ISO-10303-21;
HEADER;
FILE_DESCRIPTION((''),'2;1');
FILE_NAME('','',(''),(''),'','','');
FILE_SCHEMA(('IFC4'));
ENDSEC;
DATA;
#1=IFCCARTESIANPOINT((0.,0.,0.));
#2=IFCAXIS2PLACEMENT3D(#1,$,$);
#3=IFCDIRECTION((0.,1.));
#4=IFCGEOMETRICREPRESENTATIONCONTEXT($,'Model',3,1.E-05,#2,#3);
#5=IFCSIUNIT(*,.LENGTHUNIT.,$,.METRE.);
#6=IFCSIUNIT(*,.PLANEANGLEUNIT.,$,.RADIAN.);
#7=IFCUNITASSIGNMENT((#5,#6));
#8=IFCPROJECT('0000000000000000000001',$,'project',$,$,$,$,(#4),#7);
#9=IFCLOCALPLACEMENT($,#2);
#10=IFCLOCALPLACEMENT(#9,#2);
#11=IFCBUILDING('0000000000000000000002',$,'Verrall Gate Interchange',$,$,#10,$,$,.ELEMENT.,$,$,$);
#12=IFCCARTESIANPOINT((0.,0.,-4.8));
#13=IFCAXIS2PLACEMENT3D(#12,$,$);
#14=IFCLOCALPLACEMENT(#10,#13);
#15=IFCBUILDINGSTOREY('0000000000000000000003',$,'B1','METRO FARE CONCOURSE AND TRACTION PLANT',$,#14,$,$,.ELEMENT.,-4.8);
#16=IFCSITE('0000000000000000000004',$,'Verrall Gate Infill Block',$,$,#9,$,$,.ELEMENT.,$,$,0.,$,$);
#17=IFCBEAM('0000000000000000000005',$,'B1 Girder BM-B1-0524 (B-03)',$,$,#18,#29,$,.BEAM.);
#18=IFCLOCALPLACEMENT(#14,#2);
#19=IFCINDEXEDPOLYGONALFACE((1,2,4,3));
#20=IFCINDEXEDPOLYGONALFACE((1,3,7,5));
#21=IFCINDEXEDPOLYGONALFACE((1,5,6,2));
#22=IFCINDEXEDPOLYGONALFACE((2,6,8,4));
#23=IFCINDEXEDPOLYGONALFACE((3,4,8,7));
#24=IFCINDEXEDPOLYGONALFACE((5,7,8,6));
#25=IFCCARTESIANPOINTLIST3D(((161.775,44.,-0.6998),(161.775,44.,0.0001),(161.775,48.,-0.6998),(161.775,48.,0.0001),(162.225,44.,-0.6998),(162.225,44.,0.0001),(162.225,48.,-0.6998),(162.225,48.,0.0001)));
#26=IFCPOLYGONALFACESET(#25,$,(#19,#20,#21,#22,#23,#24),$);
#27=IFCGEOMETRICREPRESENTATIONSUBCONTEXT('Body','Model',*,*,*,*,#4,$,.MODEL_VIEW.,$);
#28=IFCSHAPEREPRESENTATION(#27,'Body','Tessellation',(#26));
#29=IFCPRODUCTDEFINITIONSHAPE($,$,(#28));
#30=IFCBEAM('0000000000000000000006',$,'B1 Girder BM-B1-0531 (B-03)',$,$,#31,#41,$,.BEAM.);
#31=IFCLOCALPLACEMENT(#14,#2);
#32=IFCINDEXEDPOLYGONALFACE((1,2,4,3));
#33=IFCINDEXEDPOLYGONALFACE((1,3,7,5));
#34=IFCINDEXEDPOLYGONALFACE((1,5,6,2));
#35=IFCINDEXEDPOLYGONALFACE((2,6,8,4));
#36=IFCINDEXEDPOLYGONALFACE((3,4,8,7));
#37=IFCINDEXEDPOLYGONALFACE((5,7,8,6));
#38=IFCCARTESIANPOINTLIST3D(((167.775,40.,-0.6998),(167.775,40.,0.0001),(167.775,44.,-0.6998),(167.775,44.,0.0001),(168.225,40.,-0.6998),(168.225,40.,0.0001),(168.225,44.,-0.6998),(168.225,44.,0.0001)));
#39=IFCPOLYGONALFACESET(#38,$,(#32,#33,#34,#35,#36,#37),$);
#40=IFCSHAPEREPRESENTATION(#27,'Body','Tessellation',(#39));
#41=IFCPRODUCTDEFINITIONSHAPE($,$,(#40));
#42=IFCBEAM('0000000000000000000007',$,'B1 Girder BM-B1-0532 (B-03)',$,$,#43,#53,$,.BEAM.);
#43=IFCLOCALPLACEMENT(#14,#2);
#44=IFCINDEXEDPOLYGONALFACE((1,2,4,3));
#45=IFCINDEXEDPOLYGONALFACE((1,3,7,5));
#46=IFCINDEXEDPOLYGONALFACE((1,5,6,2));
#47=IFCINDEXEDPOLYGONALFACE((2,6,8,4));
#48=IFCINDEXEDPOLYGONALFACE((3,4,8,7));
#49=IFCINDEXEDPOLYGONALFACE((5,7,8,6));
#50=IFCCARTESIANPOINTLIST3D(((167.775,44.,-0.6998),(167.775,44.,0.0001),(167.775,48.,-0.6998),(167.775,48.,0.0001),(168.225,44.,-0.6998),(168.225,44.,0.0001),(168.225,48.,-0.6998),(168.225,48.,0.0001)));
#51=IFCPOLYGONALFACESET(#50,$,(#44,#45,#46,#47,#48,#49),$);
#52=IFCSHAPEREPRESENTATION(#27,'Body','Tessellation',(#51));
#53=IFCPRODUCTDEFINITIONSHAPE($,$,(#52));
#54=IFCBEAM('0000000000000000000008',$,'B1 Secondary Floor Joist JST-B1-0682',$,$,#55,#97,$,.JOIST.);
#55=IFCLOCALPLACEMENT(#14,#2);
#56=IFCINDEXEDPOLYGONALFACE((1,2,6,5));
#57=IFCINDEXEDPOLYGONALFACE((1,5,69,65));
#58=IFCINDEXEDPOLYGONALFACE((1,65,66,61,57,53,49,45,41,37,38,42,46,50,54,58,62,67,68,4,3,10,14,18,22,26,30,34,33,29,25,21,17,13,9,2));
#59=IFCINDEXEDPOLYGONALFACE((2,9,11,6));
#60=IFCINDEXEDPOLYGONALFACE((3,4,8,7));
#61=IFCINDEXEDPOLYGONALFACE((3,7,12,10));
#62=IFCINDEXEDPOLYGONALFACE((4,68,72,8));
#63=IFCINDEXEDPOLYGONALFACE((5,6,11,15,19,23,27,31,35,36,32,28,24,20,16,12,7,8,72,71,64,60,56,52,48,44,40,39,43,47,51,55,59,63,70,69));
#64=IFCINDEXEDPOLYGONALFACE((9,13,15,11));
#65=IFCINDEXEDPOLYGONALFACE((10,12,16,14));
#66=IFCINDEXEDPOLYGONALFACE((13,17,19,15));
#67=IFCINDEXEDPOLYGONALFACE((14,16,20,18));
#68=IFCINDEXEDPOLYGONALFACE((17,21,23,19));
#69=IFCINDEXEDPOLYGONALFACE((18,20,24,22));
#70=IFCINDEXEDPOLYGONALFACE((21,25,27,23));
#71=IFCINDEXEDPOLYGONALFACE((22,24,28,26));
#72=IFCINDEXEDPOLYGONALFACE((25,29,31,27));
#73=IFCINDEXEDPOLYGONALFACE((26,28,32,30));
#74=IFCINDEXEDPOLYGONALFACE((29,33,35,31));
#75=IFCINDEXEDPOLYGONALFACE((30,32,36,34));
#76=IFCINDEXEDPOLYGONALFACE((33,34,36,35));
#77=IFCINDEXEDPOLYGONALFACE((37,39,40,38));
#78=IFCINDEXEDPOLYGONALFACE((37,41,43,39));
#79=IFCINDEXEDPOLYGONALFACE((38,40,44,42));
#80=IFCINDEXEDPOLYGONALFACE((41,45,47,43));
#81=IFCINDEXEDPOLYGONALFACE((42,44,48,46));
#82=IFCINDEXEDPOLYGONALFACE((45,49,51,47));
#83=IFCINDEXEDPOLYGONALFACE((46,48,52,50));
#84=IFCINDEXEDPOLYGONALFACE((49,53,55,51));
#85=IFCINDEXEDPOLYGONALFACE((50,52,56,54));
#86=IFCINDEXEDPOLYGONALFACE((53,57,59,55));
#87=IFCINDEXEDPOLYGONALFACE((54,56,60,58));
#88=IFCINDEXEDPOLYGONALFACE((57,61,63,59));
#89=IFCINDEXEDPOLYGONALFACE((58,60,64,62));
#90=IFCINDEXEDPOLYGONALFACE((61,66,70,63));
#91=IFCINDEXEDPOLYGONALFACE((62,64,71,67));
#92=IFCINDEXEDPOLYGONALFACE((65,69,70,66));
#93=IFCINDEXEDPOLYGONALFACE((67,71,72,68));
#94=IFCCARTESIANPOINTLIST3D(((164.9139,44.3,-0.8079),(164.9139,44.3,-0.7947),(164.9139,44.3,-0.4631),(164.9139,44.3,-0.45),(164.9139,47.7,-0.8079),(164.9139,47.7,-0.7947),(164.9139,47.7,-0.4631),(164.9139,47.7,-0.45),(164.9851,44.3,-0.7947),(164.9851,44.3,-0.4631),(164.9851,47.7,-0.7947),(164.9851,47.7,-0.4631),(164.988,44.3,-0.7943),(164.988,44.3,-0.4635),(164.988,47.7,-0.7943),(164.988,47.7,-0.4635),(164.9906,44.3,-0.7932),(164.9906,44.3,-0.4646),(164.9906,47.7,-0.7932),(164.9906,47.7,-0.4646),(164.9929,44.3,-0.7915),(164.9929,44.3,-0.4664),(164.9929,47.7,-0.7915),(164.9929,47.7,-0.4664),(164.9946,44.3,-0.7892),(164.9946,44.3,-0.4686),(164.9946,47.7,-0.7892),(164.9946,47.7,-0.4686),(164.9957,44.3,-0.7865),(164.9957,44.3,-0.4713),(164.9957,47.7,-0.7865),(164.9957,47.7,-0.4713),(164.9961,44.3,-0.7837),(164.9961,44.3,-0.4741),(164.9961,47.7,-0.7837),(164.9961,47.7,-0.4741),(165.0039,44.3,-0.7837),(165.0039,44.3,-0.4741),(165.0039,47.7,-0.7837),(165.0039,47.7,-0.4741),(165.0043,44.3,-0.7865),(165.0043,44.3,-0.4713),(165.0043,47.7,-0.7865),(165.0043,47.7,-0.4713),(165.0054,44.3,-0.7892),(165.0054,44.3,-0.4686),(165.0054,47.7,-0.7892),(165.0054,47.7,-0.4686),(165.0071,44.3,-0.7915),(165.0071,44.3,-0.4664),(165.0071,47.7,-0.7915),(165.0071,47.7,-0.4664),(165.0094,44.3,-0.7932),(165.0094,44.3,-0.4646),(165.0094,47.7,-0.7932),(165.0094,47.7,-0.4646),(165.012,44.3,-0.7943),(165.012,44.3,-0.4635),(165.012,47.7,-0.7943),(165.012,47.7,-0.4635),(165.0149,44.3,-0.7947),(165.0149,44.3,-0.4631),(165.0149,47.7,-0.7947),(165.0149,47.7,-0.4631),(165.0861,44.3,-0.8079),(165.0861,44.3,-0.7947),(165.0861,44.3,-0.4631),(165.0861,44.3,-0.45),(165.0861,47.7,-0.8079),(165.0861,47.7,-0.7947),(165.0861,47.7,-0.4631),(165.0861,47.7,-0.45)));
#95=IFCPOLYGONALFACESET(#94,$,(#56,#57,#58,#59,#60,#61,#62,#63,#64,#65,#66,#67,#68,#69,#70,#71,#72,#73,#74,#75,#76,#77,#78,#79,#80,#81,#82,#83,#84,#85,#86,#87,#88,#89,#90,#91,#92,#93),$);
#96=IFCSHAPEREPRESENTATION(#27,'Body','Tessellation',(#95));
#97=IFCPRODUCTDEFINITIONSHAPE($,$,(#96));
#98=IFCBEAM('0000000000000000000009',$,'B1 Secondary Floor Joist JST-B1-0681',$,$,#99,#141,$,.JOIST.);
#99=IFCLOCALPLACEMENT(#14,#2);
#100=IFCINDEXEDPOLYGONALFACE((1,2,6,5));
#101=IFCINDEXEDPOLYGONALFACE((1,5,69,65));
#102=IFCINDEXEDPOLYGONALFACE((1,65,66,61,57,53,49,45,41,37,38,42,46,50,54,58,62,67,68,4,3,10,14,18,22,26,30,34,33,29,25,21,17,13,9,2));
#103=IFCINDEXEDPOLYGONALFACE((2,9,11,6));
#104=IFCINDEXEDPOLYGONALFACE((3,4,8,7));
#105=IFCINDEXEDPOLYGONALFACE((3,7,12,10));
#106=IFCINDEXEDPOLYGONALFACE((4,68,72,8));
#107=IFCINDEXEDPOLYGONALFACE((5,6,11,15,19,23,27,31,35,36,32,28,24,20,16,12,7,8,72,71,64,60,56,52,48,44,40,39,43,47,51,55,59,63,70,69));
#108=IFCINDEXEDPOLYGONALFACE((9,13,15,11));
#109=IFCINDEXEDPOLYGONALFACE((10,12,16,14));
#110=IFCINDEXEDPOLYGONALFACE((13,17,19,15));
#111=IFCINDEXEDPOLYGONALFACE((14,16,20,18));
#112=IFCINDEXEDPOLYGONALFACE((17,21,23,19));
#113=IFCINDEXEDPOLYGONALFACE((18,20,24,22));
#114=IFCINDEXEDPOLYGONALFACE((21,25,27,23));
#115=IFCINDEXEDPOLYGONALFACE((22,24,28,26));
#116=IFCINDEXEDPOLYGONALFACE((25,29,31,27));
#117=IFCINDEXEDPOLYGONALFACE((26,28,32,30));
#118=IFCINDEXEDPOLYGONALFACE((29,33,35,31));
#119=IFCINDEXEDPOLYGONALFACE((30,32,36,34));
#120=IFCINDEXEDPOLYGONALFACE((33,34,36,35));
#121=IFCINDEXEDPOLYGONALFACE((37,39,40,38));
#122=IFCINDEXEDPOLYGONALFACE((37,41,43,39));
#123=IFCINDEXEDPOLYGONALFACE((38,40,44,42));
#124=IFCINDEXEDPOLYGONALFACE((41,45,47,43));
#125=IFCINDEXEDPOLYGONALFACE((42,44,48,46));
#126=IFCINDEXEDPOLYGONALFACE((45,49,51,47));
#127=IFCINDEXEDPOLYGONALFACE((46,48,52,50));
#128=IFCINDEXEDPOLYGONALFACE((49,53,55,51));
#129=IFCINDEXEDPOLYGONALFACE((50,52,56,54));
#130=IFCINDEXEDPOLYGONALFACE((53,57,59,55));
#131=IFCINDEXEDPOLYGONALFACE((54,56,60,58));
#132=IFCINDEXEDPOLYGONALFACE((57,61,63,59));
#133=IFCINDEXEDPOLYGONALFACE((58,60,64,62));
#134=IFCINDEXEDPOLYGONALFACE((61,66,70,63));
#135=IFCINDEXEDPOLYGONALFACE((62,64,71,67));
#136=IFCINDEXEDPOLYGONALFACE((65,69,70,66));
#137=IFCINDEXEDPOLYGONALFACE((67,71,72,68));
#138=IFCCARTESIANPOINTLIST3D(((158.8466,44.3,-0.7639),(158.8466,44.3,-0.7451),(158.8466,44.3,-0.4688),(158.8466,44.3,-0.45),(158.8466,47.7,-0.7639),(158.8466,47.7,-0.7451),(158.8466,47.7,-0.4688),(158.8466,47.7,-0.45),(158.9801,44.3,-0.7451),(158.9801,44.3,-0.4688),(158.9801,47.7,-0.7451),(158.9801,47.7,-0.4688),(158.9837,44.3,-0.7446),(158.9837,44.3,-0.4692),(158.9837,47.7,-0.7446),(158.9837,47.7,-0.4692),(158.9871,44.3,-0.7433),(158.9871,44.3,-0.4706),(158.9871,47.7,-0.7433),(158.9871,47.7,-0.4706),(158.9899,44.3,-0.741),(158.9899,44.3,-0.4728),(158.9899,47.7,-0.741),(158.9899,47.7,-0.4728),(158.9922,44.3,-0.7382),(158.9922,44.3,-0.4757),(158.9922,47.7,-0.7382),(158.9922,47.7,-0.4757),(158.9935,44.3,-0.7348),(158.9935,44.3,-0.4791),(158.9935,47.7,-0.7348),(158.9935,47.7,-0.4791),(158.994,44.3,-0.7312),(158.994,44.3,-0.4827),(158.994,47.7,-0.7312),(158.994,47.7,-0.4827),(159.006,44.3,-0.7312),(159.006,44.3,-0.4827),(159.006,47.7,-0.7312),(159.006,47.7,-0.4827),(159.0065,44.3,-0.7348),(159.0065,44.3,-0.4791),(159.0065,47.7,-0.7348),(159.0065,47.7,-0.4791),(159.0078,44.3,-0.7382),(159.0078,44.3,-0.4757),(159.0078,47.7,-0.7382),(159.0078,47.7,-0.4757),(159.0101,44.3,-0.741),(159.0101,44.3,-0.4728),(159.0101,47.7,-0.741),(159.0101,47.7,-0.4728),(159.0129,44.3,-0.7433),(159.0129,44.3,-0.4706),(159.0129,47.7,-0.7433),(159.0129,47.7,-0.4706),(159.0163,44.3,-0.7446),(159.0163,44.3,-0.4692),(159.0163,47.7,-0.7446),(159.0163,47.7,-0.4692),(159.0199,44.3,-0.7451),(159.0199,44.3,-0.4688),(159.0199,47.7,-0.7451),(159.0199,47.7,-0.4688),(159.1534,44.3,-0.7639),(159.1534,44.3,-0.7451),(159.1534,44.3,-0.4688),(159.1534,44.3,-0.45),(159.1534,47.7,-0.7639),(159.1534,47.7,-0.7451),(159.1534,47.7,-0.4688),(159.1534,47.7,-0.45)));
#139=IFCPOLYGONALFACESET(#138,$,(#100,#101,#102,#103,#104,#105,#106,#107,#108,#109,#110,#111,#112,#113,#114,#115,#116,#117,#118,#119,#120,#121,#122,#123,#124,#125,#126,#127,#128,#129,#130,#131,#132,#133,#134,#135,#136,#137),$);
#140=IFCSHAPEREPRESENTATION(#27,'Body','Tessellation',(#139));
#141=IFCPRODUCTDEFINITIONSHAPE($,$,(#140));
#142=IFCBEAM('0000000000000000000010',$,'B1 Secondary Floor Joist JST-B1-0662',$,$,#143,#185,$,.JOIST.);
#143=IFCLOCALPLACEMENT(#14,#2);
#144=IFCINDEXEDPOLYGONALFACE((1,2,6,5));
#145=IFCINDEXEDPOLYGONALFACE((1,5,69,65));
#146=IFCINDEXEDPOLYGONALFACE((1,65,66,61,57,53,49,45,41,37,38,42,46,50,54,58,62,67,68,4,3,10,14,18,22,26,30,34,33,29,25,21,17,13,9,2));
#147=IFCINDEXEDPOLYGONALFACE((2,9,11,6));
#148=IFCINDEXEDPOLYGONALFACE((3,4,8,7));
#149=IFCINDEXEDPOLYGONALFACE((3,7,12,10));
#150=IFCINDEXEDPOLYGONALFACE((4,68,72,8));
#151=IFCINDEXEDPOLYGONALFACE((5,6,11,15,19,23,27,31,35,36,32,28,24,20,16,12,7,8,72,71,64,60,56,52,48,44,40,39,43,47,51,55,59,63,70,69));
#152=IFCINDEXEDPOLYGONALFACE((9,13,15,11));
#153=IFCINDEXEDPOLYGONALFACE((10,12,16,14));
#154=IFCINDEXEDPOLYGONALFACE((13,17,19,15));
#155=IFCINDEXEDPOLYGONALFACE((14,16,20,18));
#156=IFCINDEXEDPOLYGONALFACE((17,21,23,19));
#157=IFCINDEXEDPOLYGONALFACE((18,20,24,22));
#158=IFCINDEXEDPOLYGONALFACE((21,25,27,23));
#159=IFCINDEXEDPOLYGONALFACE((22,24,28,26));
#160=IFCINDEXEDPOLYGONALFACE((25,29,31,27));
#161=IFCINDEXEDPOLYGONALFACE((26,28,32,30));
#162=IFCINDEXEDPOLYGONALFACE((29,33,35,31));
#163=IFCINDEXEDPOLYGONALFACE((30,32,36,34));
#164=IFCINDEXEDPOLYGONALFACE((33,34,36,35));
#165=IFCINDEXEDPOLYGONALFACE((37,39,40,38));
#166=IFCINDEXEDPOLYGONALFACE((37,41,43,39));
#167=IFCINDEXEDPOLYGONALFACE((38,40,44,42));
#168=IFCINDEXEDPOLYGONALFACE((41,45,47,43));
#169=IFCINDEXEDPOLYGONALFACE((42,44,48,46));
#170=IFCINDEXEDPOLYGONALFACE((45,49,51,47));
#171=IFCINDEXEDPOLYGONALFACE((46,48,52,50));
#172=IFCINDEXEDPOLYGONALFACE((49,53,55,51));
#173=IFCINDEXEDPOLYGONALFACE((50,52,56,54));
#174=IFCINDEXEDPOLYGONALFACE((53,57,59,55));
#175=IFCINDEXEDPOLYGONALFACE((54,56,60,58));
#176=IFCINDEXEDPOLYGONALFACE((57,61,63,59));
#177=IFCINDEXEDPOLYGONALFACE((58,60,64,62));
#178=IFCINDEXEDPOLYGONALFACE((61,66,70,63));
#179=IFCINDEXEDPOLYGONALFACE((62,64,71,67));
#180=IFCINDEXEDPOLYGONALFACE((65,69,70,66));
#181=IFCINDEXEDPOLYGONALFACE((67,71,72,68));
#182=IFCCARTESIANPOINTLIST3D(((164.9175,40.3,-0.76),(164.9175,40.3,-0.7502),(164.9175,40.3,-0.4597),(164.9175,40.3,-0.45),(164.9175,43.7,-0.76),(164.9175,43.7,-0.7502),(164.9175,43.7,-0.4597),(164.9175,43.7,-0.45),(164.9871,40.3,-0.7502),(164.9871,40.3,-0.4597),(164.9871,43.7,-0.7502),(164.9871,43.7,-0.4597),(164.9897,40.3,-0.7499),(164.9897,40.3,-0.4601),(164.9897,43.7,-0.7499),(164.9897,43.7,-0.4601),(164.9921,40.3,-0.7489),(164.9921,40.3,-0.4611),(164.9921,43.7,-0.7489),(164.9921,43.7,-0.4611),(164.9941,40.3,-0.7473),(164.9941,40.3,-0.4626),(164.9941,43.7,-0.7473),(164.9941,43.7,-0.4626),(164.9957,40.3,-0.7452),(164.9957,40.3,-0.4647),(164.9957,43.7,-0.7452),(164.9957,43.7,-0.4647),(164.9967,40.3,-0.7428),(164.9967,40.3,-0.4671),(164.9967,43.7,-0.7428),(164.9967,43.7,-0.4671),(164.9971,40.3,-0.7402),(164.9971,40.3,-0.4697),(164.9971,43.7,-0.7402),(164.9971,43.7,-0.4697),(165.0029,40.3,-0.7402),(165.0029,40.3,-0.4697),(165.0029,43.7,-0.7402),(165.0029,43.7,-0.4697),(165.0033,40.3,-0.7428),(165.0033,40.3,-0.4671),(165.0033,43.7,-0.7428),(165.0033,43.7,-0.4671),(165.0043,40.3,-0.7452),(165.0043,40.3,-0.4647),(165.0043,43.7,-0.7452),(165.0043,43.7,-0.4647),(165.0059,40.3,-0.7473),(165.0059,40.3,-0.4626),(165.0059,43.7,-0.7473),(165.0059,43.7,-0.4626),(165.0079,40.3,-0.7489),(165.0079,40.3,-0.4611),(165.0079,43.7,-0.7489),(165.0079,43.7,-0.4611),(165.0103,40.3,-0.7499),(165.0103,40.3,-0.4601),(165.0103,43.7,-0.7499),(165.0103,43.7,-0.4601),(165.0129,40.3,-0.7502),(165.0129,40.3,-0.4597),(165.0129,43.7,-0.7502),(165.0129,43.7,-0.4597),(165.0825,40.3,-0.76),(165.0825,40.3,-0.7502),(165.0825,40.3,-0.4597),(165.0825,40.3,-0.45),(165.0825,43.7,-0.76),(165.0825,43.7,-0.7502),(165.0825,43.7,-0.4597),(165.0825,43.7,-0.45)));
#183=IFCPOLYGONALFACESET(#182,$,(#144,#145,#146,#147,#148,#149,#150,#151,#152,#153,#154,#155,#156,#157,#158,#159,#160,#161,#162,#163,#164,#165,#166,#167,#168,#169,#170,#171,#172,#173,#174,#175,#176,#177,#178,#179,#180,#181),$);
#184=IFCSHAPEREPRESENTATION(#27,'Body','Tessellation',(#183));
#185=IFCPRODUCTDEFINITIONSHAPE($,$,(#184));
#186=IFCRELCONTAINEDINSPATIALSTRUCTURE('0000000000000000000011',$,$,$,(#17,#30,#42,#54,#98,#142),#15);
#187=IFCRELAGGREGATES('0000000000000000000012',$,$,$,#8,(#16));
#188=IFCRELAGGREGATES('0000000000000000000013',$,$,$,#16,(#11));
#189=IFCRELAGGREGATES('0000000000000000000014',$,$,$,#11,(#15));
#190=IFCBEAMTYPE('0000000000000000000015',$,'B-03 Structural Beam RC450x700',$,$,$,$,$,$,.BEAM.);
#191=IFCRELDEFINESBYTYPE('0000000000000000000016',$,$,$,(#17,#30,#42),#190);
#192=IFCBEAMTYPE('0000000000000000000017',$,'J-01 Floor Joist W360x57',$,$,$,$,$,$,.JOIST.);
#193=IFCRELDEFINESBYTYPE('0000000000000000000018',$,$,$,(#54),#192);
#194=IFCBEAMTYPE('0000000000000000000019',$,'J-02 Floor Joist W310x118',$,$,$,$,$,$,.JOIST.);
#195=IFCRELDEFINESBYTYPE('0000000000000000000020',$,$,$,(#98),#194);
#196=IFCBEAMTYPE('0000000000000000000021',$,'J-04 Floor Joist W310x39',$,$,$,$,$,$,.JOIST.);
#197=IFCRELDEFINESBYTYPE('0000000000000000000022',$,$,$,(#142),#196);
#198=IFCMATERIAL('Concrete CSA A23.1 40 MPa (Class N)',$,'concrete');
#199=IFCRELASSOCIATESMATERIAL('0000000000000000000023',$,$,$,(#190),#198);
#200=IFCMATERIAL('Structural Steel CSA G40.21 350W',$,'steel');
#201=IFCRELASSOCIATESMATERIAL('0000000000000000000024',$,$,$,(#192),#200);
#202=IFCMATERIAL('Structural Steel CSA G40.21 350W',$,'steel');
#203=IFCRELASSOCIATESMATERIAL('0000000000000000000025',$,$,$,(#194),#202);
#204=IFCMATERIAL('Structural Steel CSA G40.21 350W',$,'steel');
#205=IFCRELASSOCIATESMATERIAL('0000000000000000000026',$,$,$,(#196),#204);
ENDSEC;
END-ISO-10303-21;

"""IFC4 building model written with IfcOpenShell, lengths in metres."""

from ifc_helpers import new_model, si_unit, direction, frame, origin, origin_2d, place, context, subcontext, project, spatial, rectangle, i_section, extrude, material, material_profile, profile_set, type_object, element, save


model = new_model("IFC4")

# Units and contexts
model_context = context("Model", 3, precision=1e-05, world=origin(), true_north=direction((0.0, 1.0)))
body_context = subcontext(model_context, "Body", "Model", "MODEL_VIEW")
ifc_project = project(units=[si_unit("LENGTHUNIT", "METRE"), si_unit("PLANEANGLEUNIT", "RADIAN")], contexts=[model_context])

# Site, building, storey
site_placement = place(None, origin())
site = spatial("IfcSite", under=ifc_project, at=site_placement, Name="Verrall Gate Infill Block", CompositionType="ELEMENT", RefElevation=0.0)
building_placement = place(site_placement, origin())
building = spatial("IfcBuilding", under=site, at=building_placement, Name="Verrall Gate Interchange", CompositionType="ELEMENT")
storey_placement = place(building_placement, frame((0.0, 0.0, -4.8)))
storey = spatial("IfcBuildingStorey", under=building, at=storey_placement, Name="B1", Description="METRO FARE CONCOURSE AND TRACTION PLANT", CompositionType="ELEMENT", Elevation=-4.8)

# Beams
ifc_material_1 = material(Name="Concrete CSA A23.1 40 MPa (Class N)", Category="concrete")
ifc_material_profile_1 = material_profile(ifc_material_1, rectangle(XDim=0.45, YDim=0.7, at=origin_2d()), Name="RC450x700")
ifc_profile_set_1 = profile_set([ifc_material_profile_1], Name="Concrete CSA A23.1 40 MPa (Class N)")
beam_type_1 = type_object("IfcBeamType", Name="B-03 Structural Beam RC450x700", PredefinedType="BEAM", material=ifc_profile_set_1)
for number, where, z_axis, x_axis, name in (
    (1, (162.0, 44.0, -0.3499), (0.0, 1.0, 0.0), (-1.0, 0.0, 0.0), "B1 Girder BM-B1-0524 (B-03)"),
    (2, (168.0, 40.0, -0.3499), (0.0, 1.0, 0.0), (-1.0, 0.0, 0.0), "B1 Girder BM-B1-0531 (B-03)"),
    (3, (168.0, 44.0, -0.3499), (0.0, 1.0, 0.0), (-1.0, 0.0, 0.0), "B1 Girder BM-B1-0532 (B-03)"),
):
    element("IfcBeam", number, at=place(storey_placement, frame(where, z_axis=z_axis, x_axis=x_axis)), inside=storey, type_object=beam_type_1, Name=name, PredefinedType="BEAM", context=body_context, shape_type="SweptSolid", body=[
        extrude(rectangle(XDim=0.45, YDim=0.7, at=origin_2d()), origin(), (0.0, 0.0, 1.0), 4.0),
    ])
ifc_material_2 = material(Name="Structural Steel CSA G40.21 350W", Category="steel")
ifc_material_profile_2 = material_profile(ifc_material_2, i_section(OverallWidth=0.1721, OverallDepth=0.3579, WebThickness=0.0078, FlangeThickness=0.0132, FilletRadius=0.011, at=origin_2d()), Name="W360x57")
ifc_profile_set_2 = profile_set([ifc_material_profile_2], Name="Structural Steel CSA G40.21 350W")
beam_type_2 = type_object("IfcBeamType", Name="J-01 Floor Joist W360x57", PredefinedType="JOIST", material=ifc_profile_set_2)
beam_1_placement = place(storey_placement, frame((165.0, 44.3, -0.6289), z_axis=(0.0, 1.0, 0.0), x_axis=(-1.0, 0.0, 0.0)))
element("IfcBeam", 4, at=beam_1_placement, inside=storey, type_object=beam_type_2, Name="B1 Secondary Floor Joist JST-B1-0682", PredefinedType="JOIST", context=body_context, shape_type="SweptSolid", body=[
    extrude(i_section(OverallWidth=0.1721, OverallDepth=0.3579, WebThickness=0.0078, FlangeThickness=0.0132, FilletRadius=0.011, at=origin_2d()), origin(), (0.0, 0.0, 1.0), 3.3999),
])
ifc_material_3 = material(Name="Structural Steel CSA G40.21 350W", Category="steel")
ifc_material_profile_3 = material_profile(ifc_material_3, i_section(OverallWidth=0.3069, OverallDepth=0.314, WebThickness=0.012, FlangeThickness=0.0188, FilletRadius=0.0139, at=origin_2d()), Name="W310x118")
ifc_profile_set_3 = profile_set([ifc_material_profile_3], Name="Structural Steel CSA G40.21 350W")
beam_type_3 = type_object("IfcBeamType", Name="J-02 Floor Joist W310x118", PredefinedType="JOIST", material=ifc_profile_set_3)
beam_2_placement = place(storey_placement, frame((159.0, 44.3, -0.6069), z_axis=(0.0, 1.0, 0.0), x_axis=(-1.0, 0.0, 0.0)))
element("IfcBeam", 5, at=beam_2_placement, inside=storey, type_object=beam_type_3, Name="B1 Secondary Floor Joist JST-B1-0681", PredefinedType="JOIST", context=body_context, shape_type="SweptSolid", body=[
    extrude(i_section(OverallWidth=0.3069, OverallDepth=0.314, WebThickness=0.012, FlangeThickness=0.0188, FilletRadius=0.0139, at=origin_2d()), origin(), (0.0, 0.0, 1.0), 3.3999),
])
ifc_material_4 = material(Name="Structural Steel CSA G40.21 350W", Category="steel")
ifc_material_profile_4 = material_profile(ifc_material_4, i_section(OverallWidth=0.165, OverallDepth=0.3101, WebThickness=0.0059, FlangeThickness=0.0098, FilletRadius=0.01, at=origin_2d()), Name="W310x39")
ifc_profile_set_4 = profile_set([ifc_material_profile_4], Name="Structural Steel CSA G40.21 350W")
beam_type_4 = type_object("IfcBeamType", Name="J-04 Floor Joist W310x39", PredefinedType="JOIST", material=ifc_profile_set_4)
beam_3_placement = place(storey_placement, frame((165.0, 40.3, -0.605), z_axis=(0.0, 1.0, 0.0), x_axis=(-1.0, 0.0, 0.0)))
element("IfcBeam", 6, at=beam_3_placement, inside=storey, type_object=beam_type_4, Name="B1 Secondary Floor Joist JST-B1-0662", PredefinedType="JOIST", context=body_context, shape_type="SweptSolid", body=[
    extrude(i_section(OverallWidth=0.165, OverallDepth=0.3101, WebThickness=0.0059, FlangeThickness=0.0098, FilletRadius=0.01, at=origin_2d()), origin(), (0.0, 0.0, 1.0), 3.3999),
])

save(model, "model.ifc")
